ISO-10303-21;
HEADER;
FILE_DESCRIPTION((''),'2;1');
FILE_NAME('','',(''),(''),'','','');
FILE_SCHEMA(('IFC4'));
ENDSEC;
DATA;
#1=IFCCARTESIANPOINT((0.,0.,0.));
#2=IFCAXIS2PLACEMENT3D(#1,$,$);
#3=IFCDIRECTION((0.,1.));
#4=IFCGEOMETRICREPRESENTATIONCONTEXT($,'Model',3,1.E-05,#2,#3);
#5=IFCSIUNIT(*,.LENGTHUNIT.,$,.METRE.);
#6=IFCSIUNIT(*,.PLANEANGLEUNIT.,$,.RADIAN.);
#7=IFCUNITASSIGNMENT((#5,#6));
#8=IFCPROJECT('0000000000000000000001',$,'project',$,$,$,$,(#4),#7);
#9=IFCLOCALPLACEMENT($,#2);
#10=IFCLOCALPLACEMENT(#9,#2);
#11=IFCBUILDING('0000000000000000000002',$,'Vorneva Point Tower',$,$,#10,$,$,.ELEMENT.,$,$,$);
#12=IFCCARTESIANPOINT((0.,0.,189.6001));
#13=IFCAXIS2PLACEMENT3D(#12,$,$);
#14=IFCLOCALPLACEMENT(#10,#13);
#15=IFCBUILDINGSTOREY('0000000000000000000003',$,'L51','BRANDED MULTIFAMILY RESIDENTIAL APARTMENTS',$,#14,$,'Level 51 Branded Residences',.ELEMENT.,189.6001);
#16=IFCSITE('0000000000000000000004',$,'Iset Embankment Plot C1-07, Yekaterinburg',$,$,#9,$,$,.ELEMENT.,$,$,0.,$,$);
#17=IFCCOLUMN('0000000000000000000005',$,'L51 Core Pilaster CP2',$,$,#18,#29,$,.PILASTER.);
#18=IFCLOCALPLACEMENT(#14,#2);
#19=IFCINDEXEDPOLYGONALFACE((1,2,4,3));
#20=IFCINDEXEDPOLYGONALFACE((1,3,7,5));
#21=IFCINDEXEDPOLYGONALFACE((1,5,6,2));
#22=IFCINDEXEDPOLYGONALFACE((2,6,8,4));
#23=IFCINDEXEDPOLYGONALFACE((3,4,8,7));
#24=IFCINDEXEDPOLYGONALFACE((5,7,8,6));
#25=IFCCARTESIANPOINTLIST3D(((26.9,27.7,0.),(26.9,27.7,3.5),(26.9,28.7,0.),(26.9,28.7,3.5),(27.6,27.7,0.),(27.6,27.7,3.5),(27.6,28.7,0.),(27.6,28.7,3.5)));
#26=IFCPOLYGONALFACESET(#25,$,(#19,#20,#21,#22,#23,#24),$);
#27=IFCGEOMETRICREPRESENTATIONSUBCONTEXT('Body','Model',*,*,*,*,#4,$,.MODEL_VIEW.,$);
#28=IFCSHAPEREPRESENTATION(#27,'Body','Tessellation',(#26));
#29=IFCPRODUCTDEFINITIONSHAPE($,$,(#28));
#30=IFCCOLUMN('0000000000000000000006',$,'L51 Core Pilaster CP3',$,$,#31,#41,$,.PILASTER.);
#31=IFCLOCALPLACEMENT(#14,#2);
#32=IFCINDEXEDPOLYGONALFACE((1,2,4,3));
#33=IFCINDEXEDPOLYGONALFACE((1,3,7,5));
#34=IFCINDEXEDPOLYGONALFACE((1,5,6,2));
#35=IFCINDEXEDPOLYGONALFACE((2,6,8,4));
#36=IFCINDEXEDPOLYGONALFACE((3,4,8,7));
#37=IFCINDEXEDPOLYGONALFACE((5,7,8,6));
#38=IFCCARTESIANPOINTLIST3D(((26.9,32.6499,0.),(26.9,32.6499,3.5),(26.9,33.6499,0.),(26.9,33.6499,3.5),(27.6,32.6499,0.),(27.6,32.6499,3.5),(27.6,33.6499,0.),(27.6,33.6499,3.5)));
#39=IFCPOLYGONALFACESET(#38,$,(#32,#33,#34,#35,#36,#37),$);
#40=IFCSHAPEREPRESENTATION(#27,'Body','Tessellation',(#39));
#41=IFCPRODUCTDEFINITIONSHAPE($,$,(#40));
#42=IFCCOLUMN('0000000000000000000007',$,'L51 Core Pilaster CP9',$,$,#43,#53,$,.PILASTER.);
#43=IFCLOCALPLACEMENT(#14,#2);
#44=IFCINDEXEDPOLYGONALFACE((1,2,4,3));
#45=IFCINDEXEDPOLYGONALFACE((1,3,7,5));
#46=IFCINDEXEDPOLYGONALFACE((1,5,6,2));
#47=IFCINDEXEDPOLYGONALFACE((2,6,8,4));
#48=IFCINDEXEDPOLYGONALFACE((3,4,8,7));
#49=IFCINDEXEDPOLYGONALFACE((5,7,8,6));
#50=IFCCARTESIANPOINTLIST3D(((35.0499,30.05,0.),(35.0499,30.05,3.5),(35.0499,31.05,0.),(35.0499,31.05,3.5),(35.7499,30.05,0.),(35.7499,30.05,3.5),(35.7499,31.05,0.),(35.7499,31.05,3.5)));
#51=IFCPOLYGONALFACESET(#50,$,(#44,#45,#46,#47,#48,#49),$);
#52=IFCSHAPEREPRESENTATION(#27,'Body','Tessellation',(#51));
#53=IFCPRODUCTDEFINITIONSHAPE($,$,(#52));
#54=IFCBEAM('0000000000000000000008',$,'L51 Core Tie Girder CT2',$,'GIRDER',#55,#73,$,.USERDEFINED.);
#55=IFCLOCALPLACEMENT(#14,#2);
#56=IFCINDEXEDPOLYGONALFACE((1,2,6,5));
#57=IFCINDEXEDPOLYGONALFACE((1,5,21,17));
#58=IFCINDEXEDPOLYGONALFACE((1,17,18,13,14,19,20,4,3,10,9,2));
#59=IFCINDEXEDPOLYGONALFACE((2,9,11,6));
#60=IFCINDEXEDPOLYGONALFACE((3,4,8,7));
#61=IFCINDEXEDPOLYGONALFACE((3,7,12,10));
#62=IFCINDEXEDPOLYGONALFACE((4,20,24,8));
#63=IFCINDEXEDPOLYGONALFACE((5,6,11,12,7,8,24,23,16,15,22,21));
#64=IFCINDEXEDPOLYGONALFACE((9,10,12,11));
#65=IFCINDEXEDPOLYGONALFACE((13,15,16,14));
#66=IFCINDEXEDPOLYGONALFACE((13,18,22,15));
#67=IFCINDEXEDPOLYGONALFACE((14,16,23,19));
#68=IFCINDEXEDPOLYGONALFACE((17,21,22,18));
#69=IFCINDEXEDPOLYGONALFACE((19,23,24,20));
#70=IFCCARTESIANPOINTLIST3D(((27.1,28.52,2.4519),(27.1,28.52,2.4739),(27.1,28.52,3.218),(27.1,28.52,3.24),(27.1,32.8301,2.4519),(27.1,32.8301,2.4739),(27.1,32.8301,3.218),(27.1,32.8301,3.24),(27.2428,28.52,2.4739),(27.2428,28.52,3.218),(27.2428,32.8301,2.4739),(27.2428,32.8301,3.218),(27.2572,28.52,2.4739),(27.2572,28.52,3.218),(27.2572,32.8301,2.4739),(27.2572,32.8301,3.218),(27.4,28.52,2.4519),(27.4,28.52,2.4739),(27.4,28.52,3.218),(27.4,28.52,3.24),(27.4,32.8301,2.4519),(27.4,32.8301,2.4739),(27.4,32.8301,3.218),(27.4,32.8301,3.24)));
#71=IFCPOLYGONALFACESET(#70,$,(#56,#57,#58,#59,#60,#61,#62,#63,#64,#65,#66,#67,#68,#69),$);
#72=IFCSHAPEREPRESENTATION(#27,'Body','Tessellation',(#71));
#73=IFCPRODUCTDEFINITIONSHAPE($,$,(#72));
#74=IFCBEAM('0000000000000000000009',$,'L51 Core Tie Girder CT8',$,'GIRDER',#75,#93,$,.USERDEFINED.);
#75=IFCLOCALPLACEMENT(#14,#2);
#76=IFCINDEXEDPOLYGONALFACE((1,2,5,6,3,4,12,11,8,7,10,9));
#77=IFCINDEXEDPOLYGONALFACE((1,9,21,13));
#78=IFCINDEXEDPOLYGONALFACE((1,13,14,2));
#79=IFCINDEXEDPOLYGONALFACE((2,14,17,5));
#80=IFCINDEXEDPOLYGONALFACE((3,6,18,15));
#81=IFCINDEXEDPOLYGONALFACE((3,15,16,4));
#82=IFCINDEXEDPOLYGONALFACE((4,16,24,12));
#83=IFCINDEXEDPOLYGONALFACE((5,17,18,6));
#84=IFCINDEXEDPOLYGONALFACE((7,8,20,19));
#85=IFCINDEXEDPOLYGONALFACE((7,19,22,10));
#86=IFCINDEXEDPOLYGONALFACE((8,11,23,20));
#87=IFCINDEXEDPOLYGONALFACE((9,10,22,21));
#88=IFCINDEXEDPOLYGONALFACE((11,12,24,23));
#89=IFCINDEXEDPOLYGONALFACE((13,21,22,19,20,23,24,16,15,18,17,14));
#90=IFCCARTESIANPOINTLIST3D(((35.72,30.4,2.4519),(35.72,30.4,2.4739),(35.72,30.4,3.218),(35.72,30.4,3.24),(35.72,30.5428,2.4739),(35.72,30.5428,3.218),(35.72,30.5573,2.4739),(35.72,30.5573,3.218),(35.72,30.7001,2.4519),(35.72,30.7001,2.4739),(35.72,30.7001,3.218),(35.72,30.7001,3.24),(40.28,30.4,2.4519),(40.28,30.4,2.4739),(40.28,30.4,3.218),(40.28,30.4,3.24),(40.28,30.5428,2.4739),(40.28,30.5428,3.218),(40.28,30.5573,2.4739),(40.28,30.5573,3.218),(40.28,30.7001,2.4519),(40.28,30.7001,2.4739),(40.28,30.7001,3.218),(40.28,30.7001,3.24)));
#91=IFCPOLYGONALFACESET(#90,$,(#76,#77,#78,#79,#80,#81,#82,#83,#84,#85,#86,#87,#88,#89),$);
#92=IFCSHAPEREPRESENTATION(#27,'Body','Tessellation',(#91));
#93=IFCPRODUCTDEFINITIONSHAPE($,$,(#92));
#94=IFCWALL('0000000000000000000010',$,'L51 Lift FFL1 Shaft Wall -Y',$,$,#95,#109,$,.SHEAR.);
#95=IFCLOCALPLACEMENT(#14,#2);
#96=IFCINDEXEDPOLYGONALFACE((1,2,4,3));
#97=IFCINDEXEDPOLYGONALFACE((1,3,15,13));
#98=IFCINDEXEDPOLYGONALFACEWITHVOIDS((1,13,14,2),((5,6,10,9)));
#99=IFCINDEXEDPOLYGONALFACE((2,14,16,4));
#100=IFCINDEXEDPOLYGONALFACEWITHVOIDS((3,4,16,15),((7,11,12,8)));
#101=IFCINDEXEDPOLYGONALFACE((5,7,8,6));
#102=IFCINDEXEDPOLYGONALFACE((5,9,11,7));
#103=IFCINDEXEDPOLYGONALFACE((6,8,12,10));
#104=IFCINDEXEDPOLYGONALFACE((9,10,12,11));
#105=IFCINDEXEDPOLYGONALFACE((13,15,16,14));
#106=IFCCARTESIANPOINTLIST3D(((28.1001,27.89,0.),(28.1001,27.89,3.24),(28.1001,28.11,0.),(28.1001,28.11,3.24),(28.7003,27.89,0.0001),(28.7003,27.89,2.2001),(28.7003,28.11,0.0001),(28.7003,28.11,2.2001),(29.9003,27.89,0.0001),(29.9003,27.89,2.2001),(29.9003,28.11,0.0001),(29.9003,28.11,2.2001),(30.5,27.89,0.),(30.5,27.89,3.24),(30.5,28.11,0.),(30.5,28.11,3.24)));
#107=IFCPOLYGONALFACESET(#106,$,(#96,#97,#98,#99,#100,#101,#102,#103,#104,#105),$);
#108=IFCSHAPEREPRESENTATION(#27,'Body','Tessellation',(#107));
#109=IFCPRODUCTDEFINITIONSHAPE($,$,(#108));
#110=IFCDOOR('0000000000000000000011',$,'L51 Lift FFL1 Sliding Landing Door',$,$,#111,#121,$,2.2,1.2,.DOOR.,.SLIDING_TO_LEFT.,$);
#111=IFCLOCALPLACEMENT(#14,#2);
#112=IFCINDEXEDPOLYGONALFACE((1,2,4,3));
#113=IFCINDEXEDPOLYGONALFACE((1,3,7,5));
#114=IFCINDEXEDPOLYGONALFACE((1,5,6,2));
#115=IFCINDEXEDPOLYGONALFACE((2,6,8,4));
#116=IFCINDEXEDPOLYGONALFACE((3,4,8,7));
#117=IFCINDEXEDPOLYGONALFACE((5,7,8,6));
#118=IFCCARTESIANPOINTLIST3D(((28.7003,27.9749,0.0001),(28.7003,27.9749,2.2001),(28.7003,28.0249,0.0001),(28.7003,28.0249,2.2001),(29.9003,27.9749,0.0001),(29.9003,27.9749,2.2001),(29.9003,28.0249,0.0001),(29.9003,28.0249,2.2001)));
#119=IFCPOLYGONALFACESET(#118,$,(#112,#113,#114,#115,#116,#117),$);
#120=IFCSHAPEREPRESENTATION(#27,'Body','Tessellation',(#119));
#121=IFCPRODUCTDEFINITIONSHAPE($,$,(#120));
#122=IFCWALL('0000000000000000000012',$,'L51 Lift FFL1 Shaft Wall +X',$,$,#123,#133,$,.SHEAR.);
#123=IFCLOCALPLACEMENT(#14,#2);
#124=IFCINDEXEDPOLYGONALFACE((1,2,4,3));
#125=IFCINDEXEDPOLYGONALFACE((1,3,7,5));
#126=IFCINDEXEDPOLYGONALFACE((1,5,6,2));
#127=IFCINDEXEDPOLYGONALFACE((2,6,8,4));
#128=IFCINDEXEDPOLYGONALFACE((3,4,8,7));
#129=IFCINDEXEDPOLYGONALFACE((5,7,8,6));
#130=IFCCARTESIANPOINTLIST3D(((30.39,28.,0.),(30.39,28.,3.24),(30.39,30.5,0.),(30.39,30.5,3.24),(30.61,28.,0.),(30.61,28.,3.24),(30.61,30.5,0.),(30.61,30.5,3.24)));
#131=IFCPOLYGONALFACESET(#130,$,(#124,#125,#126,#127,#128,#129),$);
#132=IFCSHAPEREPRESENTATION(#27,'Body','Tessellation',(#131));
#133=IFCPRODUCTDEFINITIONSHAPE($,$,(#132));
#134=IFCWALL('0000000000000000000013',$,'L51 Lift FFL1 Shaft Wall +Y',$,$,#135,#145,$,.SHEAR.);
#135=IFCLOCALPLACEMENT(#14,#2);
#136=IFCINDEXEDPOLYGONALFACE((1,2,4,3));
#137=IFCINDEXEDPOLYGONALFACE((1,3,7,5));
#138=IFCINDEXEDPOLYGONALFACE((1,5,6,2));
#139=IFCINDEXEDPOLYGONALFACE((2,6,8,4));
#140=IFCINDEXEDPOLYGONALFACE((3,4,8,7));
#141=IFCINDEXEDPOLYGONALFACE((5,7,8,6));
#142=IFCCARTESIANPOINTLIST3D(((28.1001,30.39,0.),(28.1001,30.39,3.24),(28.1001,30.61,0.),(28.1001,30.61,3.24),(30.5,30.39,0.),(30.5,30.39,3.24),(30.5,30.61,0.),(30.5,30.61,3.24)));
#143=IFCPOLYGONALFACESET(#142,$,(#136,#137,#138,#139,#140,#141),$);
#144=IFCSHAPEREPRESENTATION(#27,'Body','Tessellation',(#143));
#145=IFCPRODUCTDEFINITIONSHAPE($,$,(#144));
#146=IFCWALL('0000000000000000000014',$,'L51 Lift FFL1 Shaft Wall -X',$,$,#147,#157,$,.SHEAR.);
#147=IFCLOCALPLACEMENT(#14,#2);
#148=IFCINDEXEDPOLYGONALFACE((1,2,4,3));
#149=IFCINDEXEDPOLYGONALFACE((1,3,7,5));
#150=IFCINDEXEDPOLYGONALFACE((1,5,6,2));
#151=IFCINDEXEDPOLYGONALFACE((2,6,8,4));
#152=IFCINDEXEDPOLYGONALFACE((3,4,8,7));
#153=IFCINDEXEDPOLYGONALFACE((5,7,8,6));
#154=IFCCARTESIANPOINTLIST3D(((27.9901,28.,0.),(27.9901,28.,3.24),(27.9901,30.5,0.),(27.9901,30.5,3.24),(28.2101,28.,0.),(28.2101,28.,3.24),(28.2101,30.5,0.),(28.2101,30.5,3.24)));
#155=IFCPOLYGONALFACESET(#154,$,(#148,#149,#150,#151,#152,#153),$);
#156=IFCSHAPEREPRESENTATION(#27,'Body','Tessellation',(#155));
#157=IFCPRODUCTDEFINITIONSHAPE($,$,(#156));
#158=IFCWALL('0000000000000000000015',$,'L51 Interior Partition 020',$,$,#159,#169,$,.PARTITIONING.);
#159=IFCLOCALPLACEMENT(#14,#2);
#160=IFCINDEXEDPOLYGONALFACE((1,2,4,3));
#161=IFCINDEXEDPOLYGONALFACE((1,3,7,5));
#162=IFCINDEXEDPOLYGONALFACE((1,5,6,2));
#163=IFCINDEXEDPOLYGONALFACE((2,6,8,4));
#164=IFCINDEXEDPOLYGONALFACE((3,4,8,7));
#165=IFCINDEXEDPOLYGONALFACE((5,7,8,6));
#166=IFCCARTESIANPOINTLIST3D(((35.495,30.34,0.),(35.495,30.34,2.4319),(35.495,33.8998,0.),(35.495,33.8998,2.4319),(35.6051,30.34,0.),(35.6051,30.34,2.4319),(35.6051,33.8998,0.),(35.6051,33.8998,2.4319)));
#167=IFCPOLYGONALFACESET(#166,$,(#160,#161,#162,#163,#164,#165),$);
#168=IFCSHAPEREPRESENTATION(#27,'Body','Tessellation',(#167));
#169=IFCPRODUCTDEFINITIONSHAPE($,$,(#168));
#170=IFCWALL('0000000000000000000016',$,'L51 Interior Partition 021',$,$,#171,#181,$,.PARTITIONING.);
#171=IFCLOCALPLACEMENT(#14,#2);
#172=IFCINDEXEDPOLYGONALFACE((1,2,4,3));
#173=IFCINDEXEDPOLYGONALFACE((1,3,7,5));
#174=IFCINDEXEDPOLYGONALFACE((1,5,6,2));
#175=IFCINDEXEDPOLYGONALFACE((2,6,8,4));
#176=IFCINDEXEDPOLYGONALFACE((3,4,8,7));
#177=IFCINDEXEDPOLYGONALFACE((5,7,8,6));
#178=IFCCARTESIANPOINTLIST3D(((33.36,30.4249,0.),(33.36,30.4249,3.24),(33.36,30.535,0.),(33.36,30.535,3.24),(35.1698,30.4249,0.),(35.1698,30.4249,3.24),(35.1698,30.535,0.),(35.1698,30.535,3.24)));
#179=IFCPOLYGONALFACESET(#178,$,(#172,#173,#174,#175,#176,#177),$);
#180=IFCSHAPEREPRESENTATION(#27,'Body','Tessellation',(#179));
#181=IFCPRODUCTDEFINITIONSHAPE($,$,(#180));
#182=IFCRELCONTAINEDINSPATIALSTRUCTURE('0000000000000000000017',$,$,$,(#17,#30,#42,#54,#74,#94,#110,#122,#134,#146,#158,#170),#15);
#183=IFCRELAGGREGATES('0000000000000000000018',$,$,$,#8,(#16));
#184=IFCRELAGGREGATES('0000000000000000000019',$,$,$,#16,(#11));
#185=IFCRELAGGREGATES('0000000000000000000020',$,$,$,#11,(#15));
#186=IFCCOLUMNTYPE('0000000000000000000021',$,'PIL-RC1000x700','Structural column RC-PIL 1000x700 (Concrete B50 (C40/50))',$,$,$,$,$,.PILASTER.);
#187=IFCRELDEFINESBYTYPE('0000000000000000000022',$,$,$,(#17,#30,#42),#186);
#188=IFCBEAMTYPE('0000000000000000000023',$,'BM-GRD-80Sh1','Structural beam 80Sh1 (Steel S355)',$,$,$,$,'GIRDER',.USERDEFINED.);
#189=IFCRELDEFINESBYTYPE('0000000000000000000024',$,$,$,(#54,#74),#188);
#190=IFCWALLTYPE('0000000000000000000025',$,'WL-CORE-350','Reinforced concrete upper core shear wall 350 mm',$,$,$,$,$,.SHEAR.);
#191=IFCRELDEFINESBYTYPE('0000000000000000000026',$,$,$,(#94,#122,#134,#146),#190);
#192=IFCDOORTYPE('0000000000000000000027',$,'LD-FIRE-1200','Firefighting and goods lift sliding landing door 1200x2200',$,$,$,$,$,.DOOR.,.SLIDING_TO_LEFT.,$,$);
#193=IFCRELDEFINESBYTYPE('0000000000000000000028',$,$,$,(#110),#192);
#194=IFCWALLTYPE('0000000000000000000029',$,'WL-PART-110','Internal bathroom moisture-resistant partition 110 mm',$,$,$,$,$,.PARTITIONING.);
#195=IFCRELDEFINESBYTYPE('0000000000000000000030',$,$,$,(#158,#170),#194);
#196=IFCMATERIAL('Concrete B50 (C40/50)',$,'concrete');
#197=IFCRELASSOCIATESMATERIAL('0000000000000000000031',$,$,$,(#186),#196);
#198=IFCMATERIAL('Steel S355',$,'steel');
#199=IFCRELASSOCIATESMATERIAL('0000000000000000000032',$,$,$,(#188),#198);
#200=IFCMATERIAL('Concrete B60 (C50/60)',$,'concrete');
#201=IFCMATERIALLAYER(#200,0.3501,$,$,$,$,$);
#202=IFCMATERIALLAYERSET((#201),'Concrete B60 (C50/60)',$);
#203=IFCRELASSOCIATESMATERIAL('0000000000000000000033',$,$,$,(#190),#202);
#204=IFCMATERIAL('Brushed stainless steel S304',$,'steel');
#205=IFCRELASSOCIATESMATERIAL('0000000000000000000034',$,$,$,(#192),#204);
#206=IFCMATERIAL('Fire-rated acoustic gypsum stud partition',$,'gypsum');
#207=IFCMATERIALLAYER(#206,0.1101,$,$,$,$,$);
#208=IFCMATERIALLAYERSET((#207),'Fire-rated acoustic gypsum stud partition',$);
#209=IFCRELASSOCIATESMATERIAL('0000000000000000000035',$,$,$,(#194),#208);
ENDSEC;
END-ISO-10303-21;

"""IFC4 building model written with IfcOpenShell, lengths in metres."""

from ifc_helpers import new_model, si_unit, direction, frame, frame_2d, origin, origin_2d, place, context, subcontext, project, spatial, rectangle, i_section, extrude, material, layer, layer_set, material_profile, profile_set, type_object, element, fill, save


model = new_model("IFC4")

# Units and contexts
model_context = context("Model", 3, precision=1e-05, world=origin(), true_north=direction((0.0, 1.0)))
body_context = subcontext(model_context, "Body", "Model", "MODEL_VIEW")
ifc_project = project(units=[si_unit("LENGTHUNIT", "METRE"), si_unit("PLANEANGLEUNIT", "RADIAN")], contexts=[model_context])

# Site, building, storey
site_placement = place(None, origin())
site = spatial("IfcSite", under=ifc_project, at=site_placement, Name="Iset Embankment Plot C1-07, Yekaterinburg", CompositionType="ELEMENT", RefElevation=0.0)
building_placement = place(site_placement, origin())
building = spatial("IfcBuilding", under=site, at=building_placement, Name="Vorneva Point Tower", CompositionType="ELEMENT")
storey_placement = place(building_placement, frame((0.0, 0.0, 189.6001)))
storey = spatial("IfcBuildingStorey", under=building, at=storey_placement, Name="L51", Description="BRANDED MULTIFAMILY RESIDENTIAL APARTMENTS", LongName="Level 51 Branded Residences", CompositionType="ELEMENT", Elevation=189.6001)

# Columns
ifc_material_1 = material(Name="Concrete B50 (C40/50)", Category="concrete")
ifc_material_profile_1 = material_profile(ifc_material_1, rectangle(XDim=0.7, YDim=1.0, at=origin_2d()), Name="RC-PIL 1000x700")
ifc_profile_set_1 = profile_set([ifc_material_profile_1], Name="Concrete B50 (C40/50)")
column_type = type_object("IfcColumnType", Name="PIL-RC1000x700", Description="Structural column RC-PIL 1000x700 (Concrete B50 (C40/50))", PredefinedType="PILASTER", material=ifc_profile_set_1)
for number, where, z_axis, x_axis, name in (
    (1, (27.25, 28.2, 0.0), (0.0, 0.0, 1.0), (1.0, 0.0, 0.0), "L51 Core Pilaster CP2"),
    (2, (27.25, 33.1499, 0.0), (0.0, 0.0, 1.0), (1.0, 0.0, 0.0), "L51 Core Pilaster CP3"),
    (3, (35.3999, 30.55, 0.0), (0.0, 0.0, 1.0), (1.0, 0.0, 0.0), "L51 Core Pilaster CP9"),
):
    element("IfcColumn", number, at=place(storey_placement, frame(where, z_axis=z_axis, x_axis=x_axis)), inside=storey, type_object=column_type, Name=name, PredefinedType="PILASTER", context=body_context, shape_type="SweptSolid", body=[
        extrude(rectangle(XDim=0.7, YDim=1.0, at=origin_2d()), origin(), (0.0, 0.0, 1.0), 3.5),
    ])

# Beams
ifc_material_2 = material(Name="Steel S355", Category="steel")
ifc_material_profile_2 = material_profile(ifc_material_2, i_section(OverallWidth=0.3, OverallDepth=0.7881, WebThickness=0.0144, FlangeThickness=0.022, at=origin_2d()), Name="80Sh1")
ifc_profile_set_2 = profile_set([ifc_material_profile_2], Name="Steel S355")
beam_type = type_object("IfcBeamType", Name="BM-GRD-80Sh1", Description="Structural beam 80Sh1 (Steel S355)", ElementType="GIRDER", PredefinedType="USERDEFINED", material=ifc_profile_set_2)
beam_1_placement = place(storey_placement, frame((27.25, 28.52, 2.8459), z_axis=(0.0, 1.0, 0.0), x_axis=(-1.0, 0.0, 0.0)))
element("IfcBeam", 4, at=beam_1_placement, inside=storey, type_object=beam_type, Name="L51 Core Tie Girder CT2", ObjectType="GIRDER", PredefinedType="USERDEFINED", context=body_context, shape_type="SweptSolid", body=[
    extrude(i_section(OverallWidth=0.3, OverallDepth=0.7881, WebThickness=0.0144, FlangeThickness=0.022, at=origin_2d()), origin(), (0.0, 0.0, 1.0), 4.3101),
])
beam_2_placement = place(storey_placement, frame((35.72, 30.55, 2.8459), z_axis=(1.0, 0.0, 0.0), x_axis=(0.0, 1.0, 0.0)))
element("IfcBeam", 5, at=beam_2_placement, inside=storey, type_object=beam_type, Name="L51 Core Tie Girder CT8", ObjectType="GIRDER", PredefinedType="USERDEFINED", context=body_context, shape_type="SweptSolid", body=[
    extrude(i_section(OverallWidth=0.3, OverallDepth=0.7881, WebThickness=0.0144, FlangeThickness=0.022, at=origin_2d()), origin(), (0.0, 0.0, 1.0), 4.5601),
])

# Wall, opening, door
ifc_material_3 = material(Name="Concrete B60 (C50/60)", Category="concrete")
ifc_layer_1 = layer(ifc_material_3, 0.3501)
ifc_layer_set_1 = layer_set([ifc_layer_1], Name="Concrete B60 (C50/60)")
wall_type_1 = type_object("IfcWallType", Name="WL-CORE-350", Description="Reinforced concrete upper core shear wall 350 mm", PredefinedType="SHEAR", material=ifc_layer_set_1)
wall_1_placement = place(storey_placement, frame((28.1001, 28.0, 0.0), z_axis=(0.0, 0.0, 1.0), x_axis=(1.0, 0.0, 0.0)))
wall_1 = element("IfcWall", 6, at=wall_1_placement, inside=storey, type_object=wall_type_1, Name="L51 Lift FFL1 Shaft Wall -Y", PredefinedType="SHEAR", context=body_context, shape_type="SweptSolid", body=[
    extrude(rectangle(XDim=2.3999, YDim=0.22, at=frame_2d((1.2, 0.0))), origin(), (0.0, 0.0, 1.0), 3.24),
])
opening_1_placement = place(wall_1_placement, frame((0.6001, 0.0, 0.0)))
opening_1 = element("IfcOpeningElement", 7, at=opening_1_placement, cuts=wall_1, PredefinedType="OPENING", context=body_context, shape_type="SweptSolid", body=[
    extrude(rectangle(XDim=1.2, YDim=2.2, at=frame_2d((0.6001, 1.1001))), frame((0.0, 0.125, 0.0), z_axis=(0.0, -1.0, 0.0), x_axis=(1.0, 0.0, 0.0)), (0.0, 0.0, 1.0), 0.2498),
])
ifc_material_4 = material(Name="Brushed stainless steel S304", Category="steel")
door_type_1 = type_object("IfcDoorType", Name="LD-FIRE-1200", Description="Firefighting and goods lift sliding landing door 1200x2200", OperationType="SLIDING_TO_LEFT", PredefinedType="DOOR", material=ifc_material_4)
door_1_placement = place(opening_1_placement, origin())
door_1 = element("IfcDoor", 8, at=door_1_placement, inside=storey, type_object=door_type_1, Name="L51 Lift FFL1 Sliding Landing Door", OperationType="SLIDING_TO_LEFT", OverallHeight=2.2, OverallWidth=1.2, PredefinedType="DOOR", context=body_context, shape_type="SweptSolid", body=[
    extrude(rectangle(XDim=1.2, YDim=2.2, at=frame_2d((0.6001, 1.1001))), frame((0.0, 0.0249, 0.0), z_axis=(0.0, -1.0, 0.0), x_axis=(1.0, 0.0, 0.0)), (0.0, 0.0, 1.0), 0.05),
])
fill(opening_1, door_1)

# Walls
wall_2_placement = place(storey_placement, frame((30.5, 28.0, 0.0), z_axis=(0.0, 0.0, 1.0), x_axis=(0.0, 1.0, 0.0)))
element("IfcWall", 9, at=wall_2_placement, inside=storey, type_object=wall_type_1, Name="L51 Lift FFL1 Shaft Wall +X", PredefinedType="SHEAR", context=body_context, shape_type="SweptSolid", body=[
    extrude(rectangle(XDim=2.5, YDim=0.22, at=frame_2d((1.25, 0.0))), origin(), (0.0, 0.0, 1.0), 3.24),
])
wall_3_placement = place(storey_placement, frame((30.5, 30.5, 0.0), z_axis=(0.0, 0.0, 1.0), x_axis=(-1.0, 0.0, 0.0)))
element("IfcWall", 10, at=wall_3_placement, inside=storey, type_object=wall_type_1, Name="L51 Lift FFL1 Shaft Wall +Y", PredefinedType="SHEAR", context=body_context, shape_type="SweptSolid", body=[
    extrude(rectangle(XDim=2.3999, YDim=0.22, at=frame_2d((1.2, 0.0))), origin(), (0.0, 0.0, 1.0), 3.24),
])
wall_4_placement = place(storey_placement, frame((28.1001, 30.5, 0.0), z_axis=(0.0, 0.0, 1.0), x_axis=(0.0, -1.0, 0.0)))
element("IfcWall", 11, at=wall_4_placement, inside=storey, type_object=wall_type_1, Name="L51 Lift FFL1 Shaft Wall -X", PredefinedType="SHEAR", context=body_context, shape_type="SweptSolid", body=[
    extrude(rectangle(XDim=2.5, YDim=0.22, at=frame_2d((1.25, 0.0))), origin(), (0.0, 0.0, 1.0), 3.24),
])
ifc_material_5 = material(Name="Fire-rated acoustic gypsum stud partition", Category="gypsum")
ifc_layer_2 = layer(ifc_material_5, 0.1101)
ifc_layer_set_2 = layer_set([ifc_layer_2], Name="Fire-rated acoustic gypsum stud partition")
wall_type_2 = type_object("IfcWallType", Name="WL-PART-110", Description="Internal bathroom moisture-resistant partition 110 mm", PredefinedType="PARTITIONING", material=ifc_layer_set_2)
wall_5_placement = place(storey_placement, frame((35.55, 30.3401, 0.0), z_axis=(0.0, 0.0, 1.0), x_axis=(0.0, 1.0, 0.0)))
element("IfcWall", 12, at=wall_5_placement, inside=storey, type_object=wall_type_2, Name="L51 Interior Partition 020", PredefinedType="PARTITIONING", context=body_context, shape_type="SweptSolid", body=[
    extrude(rectangle(XDim=3.5598, YDim=0.1101, at=frame_2d((1.7798, 0.0))), origin(), (0.0, 0.0, 1.0), 2.4319),
])
wall_6_placement = place(storey_placement, frame((33.3601, 30.48, 0.0), z_axis=(0.0, 0.0, 1.0), x_axis=(1.0, 0.0, 0.0)))
element("IfcWall", 13, at=wall_6_placement, inside=storey, type_object=wall_type_2, Name="L51 Interior Partition 021", PredefinedType="PARTITIONING", context=body_context, shape_type="SweptSolid", body=[
    extrude(rectangle(XDim=1.8098, YDim=0.1101, at=frame_2d((0.9048, 0.0))), origin(), (0.0, 0.0, 1.0), 3.24),
])

save(model, "model.ifc")
